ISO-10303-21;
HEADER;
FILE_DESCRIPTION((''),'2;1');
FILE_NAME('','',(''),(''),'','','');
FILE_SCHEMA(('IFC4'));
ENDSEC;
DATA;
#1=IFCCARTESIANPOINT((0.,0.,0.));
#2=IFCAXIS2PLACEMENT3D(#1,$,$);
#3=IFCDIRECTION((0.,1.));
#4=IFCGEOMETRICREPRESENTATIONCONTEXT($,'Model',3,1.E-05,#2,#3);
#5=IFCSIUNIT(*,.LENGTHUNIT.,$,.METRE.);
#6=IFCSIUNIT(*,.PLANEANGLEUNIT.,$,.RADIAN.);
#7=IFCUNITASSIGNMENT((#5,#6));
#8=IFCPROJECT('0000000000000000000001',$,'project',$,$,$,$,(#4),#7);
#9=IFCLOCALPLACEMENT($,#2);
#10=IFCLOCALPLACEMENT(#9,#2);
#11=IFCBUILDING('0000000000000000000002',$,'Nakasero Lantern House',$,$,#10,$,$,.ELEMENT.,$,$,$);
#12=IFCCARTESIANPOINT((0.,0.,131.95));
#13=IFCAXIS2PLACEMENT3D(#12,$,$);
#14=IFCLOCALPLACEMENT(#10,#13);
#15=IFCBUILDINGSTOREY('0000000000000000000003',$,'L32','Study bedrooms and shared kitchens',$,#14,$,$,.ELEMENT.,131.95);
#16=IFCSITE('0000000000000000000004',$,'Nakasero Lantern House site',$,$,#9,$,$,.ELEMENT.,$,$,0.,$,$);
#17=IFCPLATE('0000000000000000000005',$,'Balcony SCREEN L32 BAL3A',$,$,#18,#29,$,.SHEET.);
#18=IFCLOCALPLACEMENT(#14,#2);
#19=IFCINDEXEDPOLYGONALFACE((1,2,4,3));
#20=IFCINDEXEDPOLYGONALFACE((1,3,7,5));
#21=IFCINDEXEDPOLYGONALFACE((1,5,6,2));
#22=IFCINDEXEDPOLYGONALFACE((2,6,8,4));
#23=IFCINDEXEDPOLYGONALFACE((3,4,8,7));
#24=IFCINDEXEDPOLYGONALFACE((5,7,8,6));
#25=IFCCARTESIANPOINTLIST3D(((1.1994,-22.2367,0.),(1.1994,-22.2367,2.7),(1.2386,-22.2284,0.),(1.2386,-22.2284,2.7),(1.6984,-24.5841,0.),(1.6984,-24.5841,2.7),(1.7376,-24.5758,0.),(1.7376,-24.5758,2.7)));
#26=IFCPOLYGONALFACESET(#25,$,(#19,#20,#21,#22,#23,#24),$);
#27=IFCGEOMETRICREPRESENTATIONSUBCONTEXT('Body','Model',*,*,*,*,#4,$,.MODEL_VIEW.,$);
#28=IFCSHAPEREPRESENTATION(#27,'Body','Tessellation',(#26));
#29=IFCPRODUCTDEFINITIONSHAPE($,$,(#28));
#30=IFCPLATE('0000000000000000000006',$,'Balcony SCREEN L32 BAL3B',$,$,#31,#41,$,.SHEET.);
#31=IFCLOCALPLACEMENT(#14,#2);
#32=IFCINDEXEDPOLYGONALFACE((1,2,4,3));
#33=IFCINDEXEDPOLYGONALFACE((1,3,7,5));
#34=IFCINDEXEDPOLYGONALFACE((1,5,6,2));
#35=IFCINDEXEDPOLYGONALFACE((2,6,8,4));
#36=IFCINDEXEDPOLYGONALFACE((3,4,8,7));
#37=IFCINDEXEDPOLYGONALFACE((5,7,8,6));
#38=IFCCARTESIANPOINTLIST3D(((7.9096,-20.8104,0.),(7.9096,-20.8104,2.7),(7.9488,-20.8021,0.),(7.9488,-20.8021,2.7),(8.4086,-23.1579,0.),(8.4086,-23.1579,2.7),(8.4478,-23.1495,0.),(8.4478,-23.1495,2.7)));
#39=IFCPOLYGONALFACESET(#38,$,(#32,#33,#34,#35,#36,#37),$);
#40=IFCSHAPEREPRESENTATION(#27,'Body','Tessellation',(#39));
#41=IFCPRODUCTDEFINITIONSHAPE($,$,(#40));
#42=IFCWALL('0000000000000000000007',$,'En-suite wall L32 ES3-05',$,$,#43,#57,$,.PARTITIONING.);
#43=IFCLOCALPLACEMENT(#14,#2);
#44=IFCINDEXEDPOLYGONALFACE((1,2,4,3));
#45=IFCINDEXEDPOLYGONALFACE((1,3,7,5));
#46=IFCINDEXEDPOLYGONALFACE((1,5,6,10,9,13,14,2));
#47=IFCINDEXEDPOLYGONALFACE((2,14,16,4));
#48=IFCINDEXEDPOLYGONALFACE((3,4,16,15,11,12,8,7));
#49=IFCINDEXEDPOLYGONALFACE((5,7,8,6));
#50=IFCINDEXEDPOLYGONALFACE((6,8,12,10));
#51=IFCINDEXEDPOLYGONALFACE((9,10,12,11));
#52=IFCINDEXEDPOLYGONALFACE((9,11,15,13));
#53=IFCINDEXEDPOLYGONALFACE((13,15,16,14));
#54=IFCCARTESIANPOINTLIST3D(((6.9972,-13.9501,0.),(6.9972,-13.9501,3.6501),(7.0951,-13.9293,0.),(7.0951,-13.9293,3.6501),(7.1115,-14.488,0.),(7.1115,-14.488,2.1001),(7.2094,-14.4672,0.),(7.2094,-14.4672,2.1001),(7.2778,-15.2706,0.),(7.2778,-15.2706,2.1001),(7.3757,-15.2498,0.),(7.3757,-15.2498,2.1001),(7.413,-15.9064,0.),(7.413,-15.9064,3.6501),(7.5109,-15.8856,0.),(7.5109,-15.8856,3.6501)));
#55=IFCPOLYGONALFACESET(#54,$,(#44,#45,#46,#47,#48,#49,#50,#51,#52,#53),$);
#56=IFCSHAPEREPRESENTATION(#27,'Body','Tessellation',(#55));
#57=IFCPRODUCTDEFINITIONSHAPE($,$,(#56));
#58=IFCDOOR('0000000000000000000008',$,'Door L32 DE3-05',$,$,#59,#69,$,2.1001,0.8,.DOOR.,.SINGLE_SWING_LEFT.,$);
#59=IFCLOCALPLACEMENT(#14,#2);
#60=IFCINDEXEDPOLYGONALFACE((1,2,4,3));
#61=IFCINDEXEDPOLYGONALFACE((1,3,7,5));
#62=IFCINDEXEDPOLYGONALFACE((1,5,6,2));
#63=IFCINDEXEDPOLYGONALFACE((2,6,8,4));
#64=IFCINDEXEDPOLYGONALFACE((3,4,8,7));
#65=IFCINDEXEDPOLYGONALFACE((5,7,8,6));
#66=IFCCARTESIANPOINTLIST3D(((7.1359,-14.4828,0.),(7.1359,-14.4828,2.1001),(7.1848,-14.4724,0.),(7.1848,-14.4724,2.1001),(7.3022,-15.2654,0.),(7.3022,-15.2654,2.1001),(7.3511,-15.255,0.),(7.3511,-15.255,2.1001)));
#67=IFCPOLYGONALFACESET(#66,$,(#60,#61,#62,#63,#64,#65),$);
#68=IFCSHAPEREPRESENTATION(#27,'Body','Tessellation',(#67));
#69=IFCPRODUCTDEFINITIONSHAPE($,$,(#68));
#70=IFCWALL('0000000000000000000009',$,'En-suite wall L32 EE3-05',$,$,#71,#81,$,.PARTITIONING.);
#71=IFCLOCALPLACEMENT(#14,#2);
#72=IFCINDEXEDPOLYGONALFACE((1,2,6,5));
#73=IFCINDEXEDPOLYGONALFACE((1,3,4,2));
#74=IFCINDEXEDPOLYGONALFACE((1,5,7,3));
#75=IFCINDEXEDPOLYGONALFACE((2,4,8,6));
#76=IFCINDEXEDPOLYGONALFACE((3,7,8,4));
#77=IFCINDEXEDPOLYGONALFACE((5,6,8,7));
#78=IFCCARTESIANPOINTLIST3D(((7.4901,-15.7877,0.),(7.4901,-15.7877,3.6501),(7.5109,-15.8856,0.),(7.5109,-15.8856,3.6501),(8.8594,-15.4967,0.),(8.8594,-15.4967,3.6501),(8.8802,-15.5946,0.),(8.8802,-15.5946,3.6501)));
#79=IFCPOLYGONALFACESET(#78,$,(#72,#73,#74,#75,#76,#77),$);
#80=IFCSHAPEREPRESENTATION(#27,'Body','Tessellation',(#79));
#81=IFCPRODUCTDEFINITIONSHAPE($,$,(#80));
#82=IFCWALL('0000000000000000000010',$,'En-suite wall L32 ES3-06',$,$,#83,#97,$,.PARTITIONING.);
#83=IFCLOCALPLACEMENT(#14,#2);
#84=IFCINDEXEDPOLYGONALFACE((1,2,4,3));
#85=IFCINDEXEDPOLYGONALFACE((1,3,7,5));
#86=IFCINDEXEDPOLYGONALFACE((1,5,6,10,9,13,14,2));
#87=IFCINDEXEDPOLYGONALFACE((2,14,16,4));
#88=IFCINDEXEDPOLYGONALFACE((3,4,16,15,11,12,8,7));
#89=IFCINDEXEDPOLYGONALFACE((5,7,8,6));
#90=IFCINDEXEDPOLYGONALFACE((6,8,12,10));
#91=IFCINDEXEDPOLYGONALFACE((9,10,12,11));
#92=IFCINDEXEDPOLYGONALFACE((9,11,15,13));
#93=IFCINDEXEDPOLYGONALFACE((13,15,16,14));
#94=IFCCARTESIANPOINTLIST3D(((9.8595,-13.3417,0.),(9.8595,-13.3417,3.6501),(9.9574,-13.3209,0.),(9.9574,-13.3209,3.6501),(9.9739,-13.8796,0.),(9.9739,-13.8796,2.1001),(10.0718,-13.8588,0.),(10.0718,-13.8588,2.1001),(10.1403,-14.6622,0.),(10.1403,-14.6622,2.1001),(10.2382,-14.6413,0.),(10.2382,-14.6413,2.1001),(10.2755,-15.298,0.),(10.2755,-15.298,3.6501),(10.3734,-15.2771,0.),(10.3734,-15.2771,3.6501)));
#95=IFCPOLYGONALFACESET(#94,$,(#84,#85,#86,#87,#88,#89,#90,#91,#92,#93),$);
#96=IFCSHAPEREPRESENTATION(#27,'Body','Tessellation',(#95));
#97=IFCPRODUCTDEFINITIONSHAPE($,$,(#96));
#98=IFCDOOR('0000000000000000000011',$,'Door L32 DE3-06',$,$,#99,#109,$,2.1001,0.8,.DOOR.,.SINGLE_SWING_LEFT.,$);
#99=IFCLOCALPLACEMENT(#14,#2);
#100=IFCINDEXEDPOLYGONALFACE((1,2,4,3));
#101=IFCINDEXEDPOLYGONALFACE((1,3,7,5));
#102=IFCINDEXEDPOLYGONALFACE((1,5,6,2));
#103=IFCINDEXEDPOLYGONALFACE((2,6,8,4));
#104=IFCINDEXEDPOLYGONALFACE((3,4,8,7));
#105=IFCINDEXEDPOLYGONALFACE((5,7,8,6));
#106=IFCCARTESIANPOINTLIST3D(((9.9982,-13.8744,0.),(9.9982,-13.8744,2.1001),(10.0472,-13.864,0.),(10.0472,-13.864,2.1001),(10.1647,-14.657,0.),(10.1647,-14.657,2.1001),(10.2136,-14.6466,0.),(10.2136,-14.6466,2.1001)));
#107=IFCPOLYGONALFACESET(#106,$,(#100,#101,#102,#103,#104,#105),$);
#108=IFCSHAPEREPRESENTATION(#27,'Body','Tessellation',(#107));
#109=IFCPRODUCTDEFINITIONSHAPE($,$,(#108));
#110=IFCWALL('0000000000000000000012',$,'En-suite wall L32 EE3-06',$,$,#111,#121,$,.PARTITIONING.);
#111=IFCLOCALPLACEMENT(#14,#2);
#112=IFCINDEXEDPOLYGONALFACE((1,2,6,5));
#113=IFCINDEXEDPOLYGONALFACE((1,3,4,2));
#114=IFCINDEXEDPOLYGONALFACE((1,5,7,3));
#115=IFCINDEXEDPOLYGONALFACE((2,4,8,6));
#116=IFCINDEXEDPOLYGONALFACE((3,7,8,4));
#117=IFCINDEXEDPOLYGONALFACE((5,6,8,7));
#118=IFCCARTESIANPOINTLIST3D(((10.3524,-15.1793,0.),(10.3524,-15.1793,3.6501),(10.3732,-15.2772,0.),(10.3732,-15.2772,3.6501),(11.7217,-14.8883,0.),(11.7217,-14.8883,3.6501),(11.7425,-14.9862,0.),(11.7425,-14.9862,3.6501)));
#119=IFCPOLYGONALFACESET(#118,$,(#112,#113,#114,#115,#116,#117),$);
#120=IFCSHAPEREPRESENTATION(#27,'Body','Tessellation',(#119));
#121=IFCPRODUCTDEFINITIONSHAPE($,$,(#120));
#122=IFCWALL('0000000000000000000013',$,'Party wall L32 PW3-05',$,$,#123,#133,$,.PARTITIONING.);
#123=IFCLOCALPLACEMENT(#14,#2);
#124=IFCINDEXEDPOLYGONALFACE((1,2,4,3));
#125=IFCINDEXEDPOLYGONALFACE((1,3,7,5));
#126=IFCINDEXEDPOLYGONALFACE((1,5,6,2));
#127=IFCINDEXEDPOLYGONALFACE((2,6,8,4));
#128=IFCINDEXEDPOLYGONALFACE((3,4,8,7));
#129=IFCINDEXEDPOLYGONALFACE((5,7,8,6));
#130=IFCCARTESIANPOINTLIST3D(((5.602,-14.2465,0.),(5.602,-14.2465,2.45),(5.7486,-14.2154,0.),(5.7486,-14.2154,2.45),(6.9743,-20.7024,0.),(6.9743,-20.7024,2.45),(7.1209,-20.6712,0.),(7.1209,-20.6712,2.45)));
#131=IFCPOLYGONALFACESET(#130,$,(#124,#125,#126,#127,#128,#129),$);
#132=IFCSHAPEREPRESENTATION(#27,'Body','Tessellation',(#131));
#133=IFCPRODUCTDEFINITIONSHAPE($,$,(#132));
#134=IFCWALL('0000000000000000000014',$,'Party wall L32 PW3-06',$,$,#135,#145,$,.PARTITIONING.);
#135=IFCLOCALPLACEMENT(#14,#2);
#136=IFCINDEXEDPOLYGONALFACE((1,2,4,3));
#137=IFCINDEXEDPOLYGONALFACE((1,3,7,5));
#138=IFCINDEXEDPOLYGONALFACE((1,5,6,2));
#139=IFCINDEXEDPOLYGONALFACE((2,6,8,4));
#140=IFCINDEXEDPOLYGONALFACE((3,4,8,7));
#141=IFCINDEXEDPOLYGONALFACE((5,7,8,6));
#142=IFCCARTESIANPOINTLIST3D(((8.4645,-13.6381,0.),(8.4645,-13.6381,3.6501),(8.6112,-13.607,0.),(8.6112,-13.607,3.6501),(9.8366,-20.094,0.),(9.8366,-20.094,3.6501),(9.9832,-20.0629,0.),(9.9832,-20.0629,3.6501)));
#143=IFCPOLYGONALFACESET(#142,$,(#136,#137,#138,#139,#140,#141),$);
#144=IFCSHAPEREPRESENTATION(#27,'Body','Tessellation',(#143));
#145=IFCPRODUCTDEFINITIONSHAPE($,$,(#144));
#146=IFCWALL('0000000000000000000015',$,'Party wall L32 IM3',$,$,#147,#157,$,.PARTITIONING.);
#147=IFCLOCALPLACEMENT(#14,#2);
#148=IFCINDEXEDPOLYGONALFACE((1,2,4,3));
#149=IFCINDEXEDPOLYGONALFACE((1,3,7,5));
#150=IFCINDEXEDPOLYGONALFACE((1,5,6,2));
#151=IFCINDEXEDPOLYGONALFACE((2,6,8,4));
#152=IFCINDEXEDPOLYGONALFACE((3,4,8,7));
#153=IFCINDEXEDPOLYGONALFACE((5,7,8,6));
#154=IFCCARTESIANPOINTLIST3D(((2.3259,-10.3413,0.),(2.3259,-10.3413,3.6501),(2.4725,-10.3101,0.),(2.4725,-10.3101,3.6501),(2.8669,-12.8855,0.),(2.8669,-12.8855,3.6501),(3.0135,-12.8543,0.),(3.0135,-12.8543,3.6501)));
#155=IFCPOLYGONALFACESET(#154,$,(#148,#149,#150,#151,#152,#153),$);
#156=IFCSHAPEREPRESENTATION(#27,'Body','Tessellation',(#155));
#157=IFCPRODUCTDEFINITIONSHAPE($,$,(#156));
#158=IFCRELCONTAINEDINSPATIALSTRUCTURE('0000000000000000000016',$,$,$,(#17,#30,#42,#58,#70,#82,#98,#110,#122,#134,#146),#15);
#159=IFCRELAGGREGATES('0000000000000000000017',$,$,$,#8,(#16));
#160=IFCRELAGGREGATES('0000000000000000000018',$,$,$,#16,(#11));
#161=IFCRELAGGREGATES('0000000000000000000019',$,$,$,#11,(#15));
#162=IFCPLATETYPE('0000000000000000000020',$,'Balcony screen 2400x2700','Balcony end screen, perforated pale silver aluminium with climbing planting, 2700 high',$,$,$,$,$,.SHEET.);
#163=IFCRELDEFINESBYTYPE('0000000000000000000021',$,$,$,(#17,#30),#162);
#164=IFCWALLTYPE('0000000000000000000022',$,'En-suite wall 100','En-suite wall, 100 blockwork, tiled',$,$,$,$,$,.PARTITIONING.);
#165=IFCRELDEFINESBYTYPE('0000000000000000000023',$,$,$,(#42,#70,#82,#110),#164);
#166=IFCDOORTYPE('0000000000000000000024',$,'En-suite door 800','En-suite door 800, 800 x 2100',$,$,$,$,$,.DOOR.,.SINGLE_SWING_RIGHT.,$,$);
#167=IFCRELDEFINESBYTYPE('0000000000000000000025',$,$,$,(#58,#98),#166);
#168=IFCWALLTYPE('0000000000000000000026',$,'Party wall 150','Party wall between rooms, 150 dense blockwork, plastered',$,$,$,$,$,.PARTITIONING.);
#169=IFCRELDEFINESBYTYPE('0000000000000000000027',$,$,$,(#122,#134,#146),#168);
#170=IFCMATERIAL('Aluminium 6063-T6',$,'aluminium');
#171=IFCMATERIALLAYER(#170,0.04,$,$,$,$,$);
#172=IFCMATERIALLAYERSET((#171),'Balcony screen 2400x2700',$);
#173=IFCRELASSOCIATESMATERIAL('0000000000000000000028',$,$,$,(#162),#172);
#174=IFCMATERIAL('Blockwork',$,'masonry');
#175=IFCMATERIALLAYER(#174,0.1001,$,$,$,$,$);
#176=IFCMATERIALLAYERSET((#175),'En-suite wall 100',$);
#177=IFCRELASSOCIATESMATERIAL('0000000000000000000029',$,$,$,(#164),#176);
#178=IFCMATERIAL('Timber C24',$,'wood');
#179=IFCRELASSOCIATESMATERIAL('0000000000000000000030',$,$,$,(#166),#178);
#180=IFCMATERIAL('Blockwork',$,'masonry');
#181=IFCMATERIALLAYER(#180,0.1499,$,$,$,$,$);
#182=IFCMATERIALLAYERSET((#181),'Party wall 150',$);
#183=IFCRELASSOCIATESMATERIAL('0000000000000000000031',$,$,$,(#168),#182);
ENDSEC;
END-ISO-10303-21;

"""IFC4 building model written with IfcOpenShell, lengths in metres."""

from ifc_helpers import new_model, si_unit, direction, frame, frame_2d, origin, origin_2d, place, context, subcontext, project, spatial, rectangle, extrude, material, layer, layer_set, type_object, element, fill, save


model = new_model("IFC4")

# Units and contexts
model_context = context("Model", 3, precision=1e-05, world=origin(), true_north=direction((0.0, 1.0)))
body_context = subcontext(model_context, "Body", "Model", "MODEL_VIEW")
ifc_project = project(units=[si_unit("LENGTHUNIT", "METRE"), si_unit("PLANEANGLEUNIT", "RADIAN")], contexts=[model_context])

# Site, building, storey
site_placement = place(None, origin())
site = spatial("IfcSite", under=ifc_project, at=site_placement, Name="Nakasero Lantern House site", CompositionType="ELEMENT", RefElevation=0.0)
building_placement = place(site_placement, origin())
building = spatial("IfcBuilding", under=site, at=building_placement, Name="Nakasero Lantern House", CompositionType="ELEMENT")
storey_placement = place(building_placement, frame((0.0, 0.0, 131.95)))
storey = spatial("IfcBuildingStorey", under=building, at=storey_placement, Name="L32", Description="Study bedrooms and shared kitchens", CompositionType="ELEMENT", Elevation=131.95)

# Plates
ifc_material_1 = material(Name="Aluminium 6063-T6", Category="aluminium")
ifc_layer_1 = layer(ifc_material_1, 0.04)
ifc_layer_set_1 = layer_set([ifc_layer_1], Name="Balcony screen 2400x2700")
plate_type_1 = type_object("IfcPlateType", Name="Balcony screen 2400x2700", Description="Balcony end screen, perforated pale silver aluminium with climbing planting, 2700 high", PredefinedType="SHEET", material=ifc_layer_set_1)
for number, where, z_axis, x_axis, name in (
    (1, (1.4685, -23.4062, 0.0), (0.0, 0.0, 1.0), (0.207912, -0.978148, 0.0), "Balcony SCREEN L32 BAL3A"),
    (2, (8.1787, -21.98, 0.0), (0.0, 0.0, 1.0), (0.207912, -0.978148, 0.0), "Balcony SCREEN L32 BAL3B"),
):
    element("IfcPlate", number, at=place(storey_placement, frame(where, z_axis=z_axis, x_axis=x_axis)), inside=storey, type_object=plate_type_1, Name=name, PredefinedType="SHEET", context=body_context, shape_type="SweptSolid", body=[
        extrude(rectangle(XDim=2.3999, YDim=0.04, at=origin_2d()), origin(), (0.0, 0.0, 1.0), 2.7),
    ])

# Wall, opening, door
ifc_material_2 = material(Name="Blockwork", Category="masonry")
ifc_layer_2 = layer(ifc_material_2, 0.1001)
ifc_layer_set_2 = layer_set([ifc_layer_2], Name="En-suite wall 100")
wall_type_1 = type_object("IfcWallType", Name="En-suite wall 100", Description="En-suite wall, 100 blockwork, tiled", PredefinedType="PARTITIONING", material=ifc_layer_set_2)
wall_1_placement = place(storey_placement, frame((7.0461, -13.9397, 0.0), z_axis=(0.0, 0.0, 1.0), x_axis=(0.207886, -0.978153, 0.0)))
wall_1 = element("IfcWall", 3, at=wall_1_placement, inside=storey, type_object=wall_type_1, Name="En-suite wall L32 ES3-05", PredefinedType="PARTITIONING", context=body_context, shape_type="SweptSolid", body=[
    extrude(rectangle(XDim=2.0, YDim=0.1001, at=frame_2d((1.0, 0.0))), origin(), (0.0, 0.0, 1.0), 3.6501),
])
opening_1_placement = place(wall_1_placement, frame((0.55, 0.0, 0.0)))
opening_1 = element("IfcOpeningElement", 4, at=opening_1_placement, cuts=wall_1, PredefinedType="OPENING", context=body_context, shape_type="SweptSolid", body=[
    extrude(rectangle(XDim=0.8, YDim=2.1001, at=frame_2d((0.3999, 1.05))), frame((0.0, 0.0701, 0.0), z_axis=(0.0, -1.0, 0.0), x_axis=(1.0, 0.0, 0.0)), (0.0, 0.0, 1.0), 0.1401),
])
ifc_material_3 = material(Name="Timber C24", Category="wood")
door_type = type_object("IfcDoorType", Name="En-suite door 800", Description="En-suite door 800, 800 x 2100", OperationType="SINGLE_SWING_RIGHT", PredefinedType="DOOR", material=ifc_material_3)
door_1_placement = place(opening_1_placement, origin())
door_1 = element("IfcDoor", 5, at=door_1_placement, inside=storey, type_object=door_type, Name="Door L32 DE3-05", OperationType="SINGLE_SWING_LEFT", OverallHeight=2.1001, OverallWidth=0.8, PredefinedType="DOOR", context=body_context, shape_type="SweptSolid", body=[
    extrude(rectangle(XDim=0.8, YDim=2.1001, at=frame_2d((0.3999, 1.05))), frame((0.0, 0.0249, 0.0), z_axis=(0.0, -1.0, 0.0), x_axis=(1.0, 0.0, 0.0)), (0.0, 0.0, 1.0), 0.05),
])
fill(opening_1, door_1)

# Wall
wall_2_placement = place(storey_placement, frame((7.5005, -15.8367, 0.0), z_axis=(0.0, 0.0, 1.0), x_axis=(0.978156, 0.207873, 0.0)))
element("IfcWall", 6, at=wall_2_placement, inside=storey, type_object=wall_type_1, Name="En-suite wall L32 EE3-05", PredefinedType="PARTITIONING", context=body_context, shape_type="SweptSolid", body=[
    extrude(rectangle(XDim=1.3999, YDim=0.1001, at=frame_2d((0.7, 0.0))), origin(), (0.0, 0.0, 1.0), 3.6501),
])

# Wall, opening, door
wall_3_placement = place(storey_placement, frame((9.9084, -13.3313, 0.0), z_axis=(0.0, 0.0, 1.0), x_axis=(0.208003, -0.978128, 0.0)))
wall_3 = element("IfcWall", 7, at=wall_3_placement, inside=storey, type_object=wall_type_1, Name="En-suite wall L32 ES3-06", PredefinedType="PARTITIONING", context=body_context, shape_type="SweptSolid", body=[
    extrude(rectangle(XDim=2.0, YDim=0.1001, at=frame_2d((1.0, 0.0))), origin(), (0.0, 0.0, 1.0), 3.6501),
])
opening_2_placement = place(wall_3_placement, frame((0.55, 0.0, 0.0)))
opening_2 = element("IfcOpeningElement", 8, at=opening_2_placement, cuts=wall_3, PredefinedType="OPENING", context=body_context, shape_type="SweptSolid", body=[
    extrude(rectangle(XDim=0.8, YDim=2.1001, at=frame_2d((0.3999, 1.05))), frame((0.0, 0.0701, 0.0), z_axis=(0.0, -1.0, 0.0), x_axis=(1.0, 0.0, 0.0)), (0.0, 0.0, 1.0), 0.1401),
])
door_2_placement = place(opening_2_placement, origin())
door_2 = element("IfcDoor", 9, at=door_2_placement, inside=storey, type_object=door_type, Name="Door L32 DE3-06", OperationType="SINGLE_SWING_LEFT", OverallHeight=2.1001, OverallWidth=0.8, PredefinedType="DOOR", context=body_context, shape_type="SweptSolid", body=[
    extrude(rectangle(XDim=0.8, YDim=2.1001, at=frame_2d((0.3999, 1.05))), frame((0.0, 0.0249, 0.0), z_axis=(0.0, -1.0, 0.0), x_axis=(1.0, 0.0, 0.0)), (0.0, 0.0, 1.0), 0.05),
])
fill(opening_2, door_2)

# Walls
wall_4_placement = place(storey_placement, frame((10.3628, -15.2283, 0.0), z_axis=(0.0, 0.0, 1.0), x_axis=(0.978156, 0.207873, 0.0)))
element("IfcWall", 10, at=wall_4_placement, inside=storey, type_object=wall_type_1, Name="En-suite wall L32 EE3-06", PredefinedType="PARTITIONING", context=body_context, shape_type="SweptSolid", body=[
    extrude(rectangle(XDim=1.3999, YDim=0.1001, at=frame_2d((0.7, 0.0))), origin(), (0.0, 0.0, 1.0), 3.6501),
])
ifc_material_4 = material(Name="Blockwork", Category="masonry")
ifc_layer_3 = layer(ifc_material_4, 0.1499)
ifc_layer_set_3 = layer_set([ifc_layer_3], Name="Party wall 150")
wall_type_2 = type_object("IfcWallType", Name="Party wall 150", Description="Party wall between rooms, 150 dense blockwork, plastered", PredefinedType="PARTITIONING", material=ifc_layer_set_3)
wall_5_placement = place(storey_placement, frame((5.6753, -14.231, 0.0), z_axis=(0.0, 0.0, 1.0), x_axis=(0.207925, -0.978145, 0.0)))
element("IfcWall", 11, at=wall_5_placement, inside=storey, type_object=wall_type_2, Name="Party wall L32 PW3-05", PredefinedType="PARTITIONING", context=body_context, shape_type="SweptSolid", body=[
    extrude(rectangle(XDim=6.6001, YDim=0.1499, at=frame_2d((3.3, 0.0))), origin(), (0.0, 0.0, 1.0), 2.45),
])
wall_6_placement = place(storey_placement, frame((8.5378, -13.6226, 0.0), z_axis=(0.0, 0.0, 1.0), x_axis=(0.207889, -0.978152, 0.0)))
element("IfcWall", 12, at=wall_6_placement, inside=storey, type_object=wall_type_2, Name="Party wall L32 PW3-06", PredefinedType="PARTITIONING", context=body_context, shape_type="SweptSolid", body=[
    extrude(rectangle(XDim=6.6001, YDim=0.1499, at=frame_2d((3.3, 0.0))), origin(), (0.0, 0.0, 1.0), 3.6501),
])
wall_7_placement = place(storey_placement, frame((2.9402, -12.8699, 0.0), z_axis=(0.0, 0.0, 1.0), x_axis=(-0.207997, 0.978129, 0.0)))
element("IfcWall", 13, at=wall_7_placement, inside=storey, type_object=wall_type_2, Name="Party wall L32 IM3", PredefinedType="PARTITIONING", context=body_context, shape_type="SweptSolid", body=[
    extrude(rectangle(XDim=2.6011, YDim=0.1499, at=frame_2d((1.3005, 0.0))), origin(), (0.0, 0.0, 1.0), 3.6501),
])

save(model, "model.ifc")
